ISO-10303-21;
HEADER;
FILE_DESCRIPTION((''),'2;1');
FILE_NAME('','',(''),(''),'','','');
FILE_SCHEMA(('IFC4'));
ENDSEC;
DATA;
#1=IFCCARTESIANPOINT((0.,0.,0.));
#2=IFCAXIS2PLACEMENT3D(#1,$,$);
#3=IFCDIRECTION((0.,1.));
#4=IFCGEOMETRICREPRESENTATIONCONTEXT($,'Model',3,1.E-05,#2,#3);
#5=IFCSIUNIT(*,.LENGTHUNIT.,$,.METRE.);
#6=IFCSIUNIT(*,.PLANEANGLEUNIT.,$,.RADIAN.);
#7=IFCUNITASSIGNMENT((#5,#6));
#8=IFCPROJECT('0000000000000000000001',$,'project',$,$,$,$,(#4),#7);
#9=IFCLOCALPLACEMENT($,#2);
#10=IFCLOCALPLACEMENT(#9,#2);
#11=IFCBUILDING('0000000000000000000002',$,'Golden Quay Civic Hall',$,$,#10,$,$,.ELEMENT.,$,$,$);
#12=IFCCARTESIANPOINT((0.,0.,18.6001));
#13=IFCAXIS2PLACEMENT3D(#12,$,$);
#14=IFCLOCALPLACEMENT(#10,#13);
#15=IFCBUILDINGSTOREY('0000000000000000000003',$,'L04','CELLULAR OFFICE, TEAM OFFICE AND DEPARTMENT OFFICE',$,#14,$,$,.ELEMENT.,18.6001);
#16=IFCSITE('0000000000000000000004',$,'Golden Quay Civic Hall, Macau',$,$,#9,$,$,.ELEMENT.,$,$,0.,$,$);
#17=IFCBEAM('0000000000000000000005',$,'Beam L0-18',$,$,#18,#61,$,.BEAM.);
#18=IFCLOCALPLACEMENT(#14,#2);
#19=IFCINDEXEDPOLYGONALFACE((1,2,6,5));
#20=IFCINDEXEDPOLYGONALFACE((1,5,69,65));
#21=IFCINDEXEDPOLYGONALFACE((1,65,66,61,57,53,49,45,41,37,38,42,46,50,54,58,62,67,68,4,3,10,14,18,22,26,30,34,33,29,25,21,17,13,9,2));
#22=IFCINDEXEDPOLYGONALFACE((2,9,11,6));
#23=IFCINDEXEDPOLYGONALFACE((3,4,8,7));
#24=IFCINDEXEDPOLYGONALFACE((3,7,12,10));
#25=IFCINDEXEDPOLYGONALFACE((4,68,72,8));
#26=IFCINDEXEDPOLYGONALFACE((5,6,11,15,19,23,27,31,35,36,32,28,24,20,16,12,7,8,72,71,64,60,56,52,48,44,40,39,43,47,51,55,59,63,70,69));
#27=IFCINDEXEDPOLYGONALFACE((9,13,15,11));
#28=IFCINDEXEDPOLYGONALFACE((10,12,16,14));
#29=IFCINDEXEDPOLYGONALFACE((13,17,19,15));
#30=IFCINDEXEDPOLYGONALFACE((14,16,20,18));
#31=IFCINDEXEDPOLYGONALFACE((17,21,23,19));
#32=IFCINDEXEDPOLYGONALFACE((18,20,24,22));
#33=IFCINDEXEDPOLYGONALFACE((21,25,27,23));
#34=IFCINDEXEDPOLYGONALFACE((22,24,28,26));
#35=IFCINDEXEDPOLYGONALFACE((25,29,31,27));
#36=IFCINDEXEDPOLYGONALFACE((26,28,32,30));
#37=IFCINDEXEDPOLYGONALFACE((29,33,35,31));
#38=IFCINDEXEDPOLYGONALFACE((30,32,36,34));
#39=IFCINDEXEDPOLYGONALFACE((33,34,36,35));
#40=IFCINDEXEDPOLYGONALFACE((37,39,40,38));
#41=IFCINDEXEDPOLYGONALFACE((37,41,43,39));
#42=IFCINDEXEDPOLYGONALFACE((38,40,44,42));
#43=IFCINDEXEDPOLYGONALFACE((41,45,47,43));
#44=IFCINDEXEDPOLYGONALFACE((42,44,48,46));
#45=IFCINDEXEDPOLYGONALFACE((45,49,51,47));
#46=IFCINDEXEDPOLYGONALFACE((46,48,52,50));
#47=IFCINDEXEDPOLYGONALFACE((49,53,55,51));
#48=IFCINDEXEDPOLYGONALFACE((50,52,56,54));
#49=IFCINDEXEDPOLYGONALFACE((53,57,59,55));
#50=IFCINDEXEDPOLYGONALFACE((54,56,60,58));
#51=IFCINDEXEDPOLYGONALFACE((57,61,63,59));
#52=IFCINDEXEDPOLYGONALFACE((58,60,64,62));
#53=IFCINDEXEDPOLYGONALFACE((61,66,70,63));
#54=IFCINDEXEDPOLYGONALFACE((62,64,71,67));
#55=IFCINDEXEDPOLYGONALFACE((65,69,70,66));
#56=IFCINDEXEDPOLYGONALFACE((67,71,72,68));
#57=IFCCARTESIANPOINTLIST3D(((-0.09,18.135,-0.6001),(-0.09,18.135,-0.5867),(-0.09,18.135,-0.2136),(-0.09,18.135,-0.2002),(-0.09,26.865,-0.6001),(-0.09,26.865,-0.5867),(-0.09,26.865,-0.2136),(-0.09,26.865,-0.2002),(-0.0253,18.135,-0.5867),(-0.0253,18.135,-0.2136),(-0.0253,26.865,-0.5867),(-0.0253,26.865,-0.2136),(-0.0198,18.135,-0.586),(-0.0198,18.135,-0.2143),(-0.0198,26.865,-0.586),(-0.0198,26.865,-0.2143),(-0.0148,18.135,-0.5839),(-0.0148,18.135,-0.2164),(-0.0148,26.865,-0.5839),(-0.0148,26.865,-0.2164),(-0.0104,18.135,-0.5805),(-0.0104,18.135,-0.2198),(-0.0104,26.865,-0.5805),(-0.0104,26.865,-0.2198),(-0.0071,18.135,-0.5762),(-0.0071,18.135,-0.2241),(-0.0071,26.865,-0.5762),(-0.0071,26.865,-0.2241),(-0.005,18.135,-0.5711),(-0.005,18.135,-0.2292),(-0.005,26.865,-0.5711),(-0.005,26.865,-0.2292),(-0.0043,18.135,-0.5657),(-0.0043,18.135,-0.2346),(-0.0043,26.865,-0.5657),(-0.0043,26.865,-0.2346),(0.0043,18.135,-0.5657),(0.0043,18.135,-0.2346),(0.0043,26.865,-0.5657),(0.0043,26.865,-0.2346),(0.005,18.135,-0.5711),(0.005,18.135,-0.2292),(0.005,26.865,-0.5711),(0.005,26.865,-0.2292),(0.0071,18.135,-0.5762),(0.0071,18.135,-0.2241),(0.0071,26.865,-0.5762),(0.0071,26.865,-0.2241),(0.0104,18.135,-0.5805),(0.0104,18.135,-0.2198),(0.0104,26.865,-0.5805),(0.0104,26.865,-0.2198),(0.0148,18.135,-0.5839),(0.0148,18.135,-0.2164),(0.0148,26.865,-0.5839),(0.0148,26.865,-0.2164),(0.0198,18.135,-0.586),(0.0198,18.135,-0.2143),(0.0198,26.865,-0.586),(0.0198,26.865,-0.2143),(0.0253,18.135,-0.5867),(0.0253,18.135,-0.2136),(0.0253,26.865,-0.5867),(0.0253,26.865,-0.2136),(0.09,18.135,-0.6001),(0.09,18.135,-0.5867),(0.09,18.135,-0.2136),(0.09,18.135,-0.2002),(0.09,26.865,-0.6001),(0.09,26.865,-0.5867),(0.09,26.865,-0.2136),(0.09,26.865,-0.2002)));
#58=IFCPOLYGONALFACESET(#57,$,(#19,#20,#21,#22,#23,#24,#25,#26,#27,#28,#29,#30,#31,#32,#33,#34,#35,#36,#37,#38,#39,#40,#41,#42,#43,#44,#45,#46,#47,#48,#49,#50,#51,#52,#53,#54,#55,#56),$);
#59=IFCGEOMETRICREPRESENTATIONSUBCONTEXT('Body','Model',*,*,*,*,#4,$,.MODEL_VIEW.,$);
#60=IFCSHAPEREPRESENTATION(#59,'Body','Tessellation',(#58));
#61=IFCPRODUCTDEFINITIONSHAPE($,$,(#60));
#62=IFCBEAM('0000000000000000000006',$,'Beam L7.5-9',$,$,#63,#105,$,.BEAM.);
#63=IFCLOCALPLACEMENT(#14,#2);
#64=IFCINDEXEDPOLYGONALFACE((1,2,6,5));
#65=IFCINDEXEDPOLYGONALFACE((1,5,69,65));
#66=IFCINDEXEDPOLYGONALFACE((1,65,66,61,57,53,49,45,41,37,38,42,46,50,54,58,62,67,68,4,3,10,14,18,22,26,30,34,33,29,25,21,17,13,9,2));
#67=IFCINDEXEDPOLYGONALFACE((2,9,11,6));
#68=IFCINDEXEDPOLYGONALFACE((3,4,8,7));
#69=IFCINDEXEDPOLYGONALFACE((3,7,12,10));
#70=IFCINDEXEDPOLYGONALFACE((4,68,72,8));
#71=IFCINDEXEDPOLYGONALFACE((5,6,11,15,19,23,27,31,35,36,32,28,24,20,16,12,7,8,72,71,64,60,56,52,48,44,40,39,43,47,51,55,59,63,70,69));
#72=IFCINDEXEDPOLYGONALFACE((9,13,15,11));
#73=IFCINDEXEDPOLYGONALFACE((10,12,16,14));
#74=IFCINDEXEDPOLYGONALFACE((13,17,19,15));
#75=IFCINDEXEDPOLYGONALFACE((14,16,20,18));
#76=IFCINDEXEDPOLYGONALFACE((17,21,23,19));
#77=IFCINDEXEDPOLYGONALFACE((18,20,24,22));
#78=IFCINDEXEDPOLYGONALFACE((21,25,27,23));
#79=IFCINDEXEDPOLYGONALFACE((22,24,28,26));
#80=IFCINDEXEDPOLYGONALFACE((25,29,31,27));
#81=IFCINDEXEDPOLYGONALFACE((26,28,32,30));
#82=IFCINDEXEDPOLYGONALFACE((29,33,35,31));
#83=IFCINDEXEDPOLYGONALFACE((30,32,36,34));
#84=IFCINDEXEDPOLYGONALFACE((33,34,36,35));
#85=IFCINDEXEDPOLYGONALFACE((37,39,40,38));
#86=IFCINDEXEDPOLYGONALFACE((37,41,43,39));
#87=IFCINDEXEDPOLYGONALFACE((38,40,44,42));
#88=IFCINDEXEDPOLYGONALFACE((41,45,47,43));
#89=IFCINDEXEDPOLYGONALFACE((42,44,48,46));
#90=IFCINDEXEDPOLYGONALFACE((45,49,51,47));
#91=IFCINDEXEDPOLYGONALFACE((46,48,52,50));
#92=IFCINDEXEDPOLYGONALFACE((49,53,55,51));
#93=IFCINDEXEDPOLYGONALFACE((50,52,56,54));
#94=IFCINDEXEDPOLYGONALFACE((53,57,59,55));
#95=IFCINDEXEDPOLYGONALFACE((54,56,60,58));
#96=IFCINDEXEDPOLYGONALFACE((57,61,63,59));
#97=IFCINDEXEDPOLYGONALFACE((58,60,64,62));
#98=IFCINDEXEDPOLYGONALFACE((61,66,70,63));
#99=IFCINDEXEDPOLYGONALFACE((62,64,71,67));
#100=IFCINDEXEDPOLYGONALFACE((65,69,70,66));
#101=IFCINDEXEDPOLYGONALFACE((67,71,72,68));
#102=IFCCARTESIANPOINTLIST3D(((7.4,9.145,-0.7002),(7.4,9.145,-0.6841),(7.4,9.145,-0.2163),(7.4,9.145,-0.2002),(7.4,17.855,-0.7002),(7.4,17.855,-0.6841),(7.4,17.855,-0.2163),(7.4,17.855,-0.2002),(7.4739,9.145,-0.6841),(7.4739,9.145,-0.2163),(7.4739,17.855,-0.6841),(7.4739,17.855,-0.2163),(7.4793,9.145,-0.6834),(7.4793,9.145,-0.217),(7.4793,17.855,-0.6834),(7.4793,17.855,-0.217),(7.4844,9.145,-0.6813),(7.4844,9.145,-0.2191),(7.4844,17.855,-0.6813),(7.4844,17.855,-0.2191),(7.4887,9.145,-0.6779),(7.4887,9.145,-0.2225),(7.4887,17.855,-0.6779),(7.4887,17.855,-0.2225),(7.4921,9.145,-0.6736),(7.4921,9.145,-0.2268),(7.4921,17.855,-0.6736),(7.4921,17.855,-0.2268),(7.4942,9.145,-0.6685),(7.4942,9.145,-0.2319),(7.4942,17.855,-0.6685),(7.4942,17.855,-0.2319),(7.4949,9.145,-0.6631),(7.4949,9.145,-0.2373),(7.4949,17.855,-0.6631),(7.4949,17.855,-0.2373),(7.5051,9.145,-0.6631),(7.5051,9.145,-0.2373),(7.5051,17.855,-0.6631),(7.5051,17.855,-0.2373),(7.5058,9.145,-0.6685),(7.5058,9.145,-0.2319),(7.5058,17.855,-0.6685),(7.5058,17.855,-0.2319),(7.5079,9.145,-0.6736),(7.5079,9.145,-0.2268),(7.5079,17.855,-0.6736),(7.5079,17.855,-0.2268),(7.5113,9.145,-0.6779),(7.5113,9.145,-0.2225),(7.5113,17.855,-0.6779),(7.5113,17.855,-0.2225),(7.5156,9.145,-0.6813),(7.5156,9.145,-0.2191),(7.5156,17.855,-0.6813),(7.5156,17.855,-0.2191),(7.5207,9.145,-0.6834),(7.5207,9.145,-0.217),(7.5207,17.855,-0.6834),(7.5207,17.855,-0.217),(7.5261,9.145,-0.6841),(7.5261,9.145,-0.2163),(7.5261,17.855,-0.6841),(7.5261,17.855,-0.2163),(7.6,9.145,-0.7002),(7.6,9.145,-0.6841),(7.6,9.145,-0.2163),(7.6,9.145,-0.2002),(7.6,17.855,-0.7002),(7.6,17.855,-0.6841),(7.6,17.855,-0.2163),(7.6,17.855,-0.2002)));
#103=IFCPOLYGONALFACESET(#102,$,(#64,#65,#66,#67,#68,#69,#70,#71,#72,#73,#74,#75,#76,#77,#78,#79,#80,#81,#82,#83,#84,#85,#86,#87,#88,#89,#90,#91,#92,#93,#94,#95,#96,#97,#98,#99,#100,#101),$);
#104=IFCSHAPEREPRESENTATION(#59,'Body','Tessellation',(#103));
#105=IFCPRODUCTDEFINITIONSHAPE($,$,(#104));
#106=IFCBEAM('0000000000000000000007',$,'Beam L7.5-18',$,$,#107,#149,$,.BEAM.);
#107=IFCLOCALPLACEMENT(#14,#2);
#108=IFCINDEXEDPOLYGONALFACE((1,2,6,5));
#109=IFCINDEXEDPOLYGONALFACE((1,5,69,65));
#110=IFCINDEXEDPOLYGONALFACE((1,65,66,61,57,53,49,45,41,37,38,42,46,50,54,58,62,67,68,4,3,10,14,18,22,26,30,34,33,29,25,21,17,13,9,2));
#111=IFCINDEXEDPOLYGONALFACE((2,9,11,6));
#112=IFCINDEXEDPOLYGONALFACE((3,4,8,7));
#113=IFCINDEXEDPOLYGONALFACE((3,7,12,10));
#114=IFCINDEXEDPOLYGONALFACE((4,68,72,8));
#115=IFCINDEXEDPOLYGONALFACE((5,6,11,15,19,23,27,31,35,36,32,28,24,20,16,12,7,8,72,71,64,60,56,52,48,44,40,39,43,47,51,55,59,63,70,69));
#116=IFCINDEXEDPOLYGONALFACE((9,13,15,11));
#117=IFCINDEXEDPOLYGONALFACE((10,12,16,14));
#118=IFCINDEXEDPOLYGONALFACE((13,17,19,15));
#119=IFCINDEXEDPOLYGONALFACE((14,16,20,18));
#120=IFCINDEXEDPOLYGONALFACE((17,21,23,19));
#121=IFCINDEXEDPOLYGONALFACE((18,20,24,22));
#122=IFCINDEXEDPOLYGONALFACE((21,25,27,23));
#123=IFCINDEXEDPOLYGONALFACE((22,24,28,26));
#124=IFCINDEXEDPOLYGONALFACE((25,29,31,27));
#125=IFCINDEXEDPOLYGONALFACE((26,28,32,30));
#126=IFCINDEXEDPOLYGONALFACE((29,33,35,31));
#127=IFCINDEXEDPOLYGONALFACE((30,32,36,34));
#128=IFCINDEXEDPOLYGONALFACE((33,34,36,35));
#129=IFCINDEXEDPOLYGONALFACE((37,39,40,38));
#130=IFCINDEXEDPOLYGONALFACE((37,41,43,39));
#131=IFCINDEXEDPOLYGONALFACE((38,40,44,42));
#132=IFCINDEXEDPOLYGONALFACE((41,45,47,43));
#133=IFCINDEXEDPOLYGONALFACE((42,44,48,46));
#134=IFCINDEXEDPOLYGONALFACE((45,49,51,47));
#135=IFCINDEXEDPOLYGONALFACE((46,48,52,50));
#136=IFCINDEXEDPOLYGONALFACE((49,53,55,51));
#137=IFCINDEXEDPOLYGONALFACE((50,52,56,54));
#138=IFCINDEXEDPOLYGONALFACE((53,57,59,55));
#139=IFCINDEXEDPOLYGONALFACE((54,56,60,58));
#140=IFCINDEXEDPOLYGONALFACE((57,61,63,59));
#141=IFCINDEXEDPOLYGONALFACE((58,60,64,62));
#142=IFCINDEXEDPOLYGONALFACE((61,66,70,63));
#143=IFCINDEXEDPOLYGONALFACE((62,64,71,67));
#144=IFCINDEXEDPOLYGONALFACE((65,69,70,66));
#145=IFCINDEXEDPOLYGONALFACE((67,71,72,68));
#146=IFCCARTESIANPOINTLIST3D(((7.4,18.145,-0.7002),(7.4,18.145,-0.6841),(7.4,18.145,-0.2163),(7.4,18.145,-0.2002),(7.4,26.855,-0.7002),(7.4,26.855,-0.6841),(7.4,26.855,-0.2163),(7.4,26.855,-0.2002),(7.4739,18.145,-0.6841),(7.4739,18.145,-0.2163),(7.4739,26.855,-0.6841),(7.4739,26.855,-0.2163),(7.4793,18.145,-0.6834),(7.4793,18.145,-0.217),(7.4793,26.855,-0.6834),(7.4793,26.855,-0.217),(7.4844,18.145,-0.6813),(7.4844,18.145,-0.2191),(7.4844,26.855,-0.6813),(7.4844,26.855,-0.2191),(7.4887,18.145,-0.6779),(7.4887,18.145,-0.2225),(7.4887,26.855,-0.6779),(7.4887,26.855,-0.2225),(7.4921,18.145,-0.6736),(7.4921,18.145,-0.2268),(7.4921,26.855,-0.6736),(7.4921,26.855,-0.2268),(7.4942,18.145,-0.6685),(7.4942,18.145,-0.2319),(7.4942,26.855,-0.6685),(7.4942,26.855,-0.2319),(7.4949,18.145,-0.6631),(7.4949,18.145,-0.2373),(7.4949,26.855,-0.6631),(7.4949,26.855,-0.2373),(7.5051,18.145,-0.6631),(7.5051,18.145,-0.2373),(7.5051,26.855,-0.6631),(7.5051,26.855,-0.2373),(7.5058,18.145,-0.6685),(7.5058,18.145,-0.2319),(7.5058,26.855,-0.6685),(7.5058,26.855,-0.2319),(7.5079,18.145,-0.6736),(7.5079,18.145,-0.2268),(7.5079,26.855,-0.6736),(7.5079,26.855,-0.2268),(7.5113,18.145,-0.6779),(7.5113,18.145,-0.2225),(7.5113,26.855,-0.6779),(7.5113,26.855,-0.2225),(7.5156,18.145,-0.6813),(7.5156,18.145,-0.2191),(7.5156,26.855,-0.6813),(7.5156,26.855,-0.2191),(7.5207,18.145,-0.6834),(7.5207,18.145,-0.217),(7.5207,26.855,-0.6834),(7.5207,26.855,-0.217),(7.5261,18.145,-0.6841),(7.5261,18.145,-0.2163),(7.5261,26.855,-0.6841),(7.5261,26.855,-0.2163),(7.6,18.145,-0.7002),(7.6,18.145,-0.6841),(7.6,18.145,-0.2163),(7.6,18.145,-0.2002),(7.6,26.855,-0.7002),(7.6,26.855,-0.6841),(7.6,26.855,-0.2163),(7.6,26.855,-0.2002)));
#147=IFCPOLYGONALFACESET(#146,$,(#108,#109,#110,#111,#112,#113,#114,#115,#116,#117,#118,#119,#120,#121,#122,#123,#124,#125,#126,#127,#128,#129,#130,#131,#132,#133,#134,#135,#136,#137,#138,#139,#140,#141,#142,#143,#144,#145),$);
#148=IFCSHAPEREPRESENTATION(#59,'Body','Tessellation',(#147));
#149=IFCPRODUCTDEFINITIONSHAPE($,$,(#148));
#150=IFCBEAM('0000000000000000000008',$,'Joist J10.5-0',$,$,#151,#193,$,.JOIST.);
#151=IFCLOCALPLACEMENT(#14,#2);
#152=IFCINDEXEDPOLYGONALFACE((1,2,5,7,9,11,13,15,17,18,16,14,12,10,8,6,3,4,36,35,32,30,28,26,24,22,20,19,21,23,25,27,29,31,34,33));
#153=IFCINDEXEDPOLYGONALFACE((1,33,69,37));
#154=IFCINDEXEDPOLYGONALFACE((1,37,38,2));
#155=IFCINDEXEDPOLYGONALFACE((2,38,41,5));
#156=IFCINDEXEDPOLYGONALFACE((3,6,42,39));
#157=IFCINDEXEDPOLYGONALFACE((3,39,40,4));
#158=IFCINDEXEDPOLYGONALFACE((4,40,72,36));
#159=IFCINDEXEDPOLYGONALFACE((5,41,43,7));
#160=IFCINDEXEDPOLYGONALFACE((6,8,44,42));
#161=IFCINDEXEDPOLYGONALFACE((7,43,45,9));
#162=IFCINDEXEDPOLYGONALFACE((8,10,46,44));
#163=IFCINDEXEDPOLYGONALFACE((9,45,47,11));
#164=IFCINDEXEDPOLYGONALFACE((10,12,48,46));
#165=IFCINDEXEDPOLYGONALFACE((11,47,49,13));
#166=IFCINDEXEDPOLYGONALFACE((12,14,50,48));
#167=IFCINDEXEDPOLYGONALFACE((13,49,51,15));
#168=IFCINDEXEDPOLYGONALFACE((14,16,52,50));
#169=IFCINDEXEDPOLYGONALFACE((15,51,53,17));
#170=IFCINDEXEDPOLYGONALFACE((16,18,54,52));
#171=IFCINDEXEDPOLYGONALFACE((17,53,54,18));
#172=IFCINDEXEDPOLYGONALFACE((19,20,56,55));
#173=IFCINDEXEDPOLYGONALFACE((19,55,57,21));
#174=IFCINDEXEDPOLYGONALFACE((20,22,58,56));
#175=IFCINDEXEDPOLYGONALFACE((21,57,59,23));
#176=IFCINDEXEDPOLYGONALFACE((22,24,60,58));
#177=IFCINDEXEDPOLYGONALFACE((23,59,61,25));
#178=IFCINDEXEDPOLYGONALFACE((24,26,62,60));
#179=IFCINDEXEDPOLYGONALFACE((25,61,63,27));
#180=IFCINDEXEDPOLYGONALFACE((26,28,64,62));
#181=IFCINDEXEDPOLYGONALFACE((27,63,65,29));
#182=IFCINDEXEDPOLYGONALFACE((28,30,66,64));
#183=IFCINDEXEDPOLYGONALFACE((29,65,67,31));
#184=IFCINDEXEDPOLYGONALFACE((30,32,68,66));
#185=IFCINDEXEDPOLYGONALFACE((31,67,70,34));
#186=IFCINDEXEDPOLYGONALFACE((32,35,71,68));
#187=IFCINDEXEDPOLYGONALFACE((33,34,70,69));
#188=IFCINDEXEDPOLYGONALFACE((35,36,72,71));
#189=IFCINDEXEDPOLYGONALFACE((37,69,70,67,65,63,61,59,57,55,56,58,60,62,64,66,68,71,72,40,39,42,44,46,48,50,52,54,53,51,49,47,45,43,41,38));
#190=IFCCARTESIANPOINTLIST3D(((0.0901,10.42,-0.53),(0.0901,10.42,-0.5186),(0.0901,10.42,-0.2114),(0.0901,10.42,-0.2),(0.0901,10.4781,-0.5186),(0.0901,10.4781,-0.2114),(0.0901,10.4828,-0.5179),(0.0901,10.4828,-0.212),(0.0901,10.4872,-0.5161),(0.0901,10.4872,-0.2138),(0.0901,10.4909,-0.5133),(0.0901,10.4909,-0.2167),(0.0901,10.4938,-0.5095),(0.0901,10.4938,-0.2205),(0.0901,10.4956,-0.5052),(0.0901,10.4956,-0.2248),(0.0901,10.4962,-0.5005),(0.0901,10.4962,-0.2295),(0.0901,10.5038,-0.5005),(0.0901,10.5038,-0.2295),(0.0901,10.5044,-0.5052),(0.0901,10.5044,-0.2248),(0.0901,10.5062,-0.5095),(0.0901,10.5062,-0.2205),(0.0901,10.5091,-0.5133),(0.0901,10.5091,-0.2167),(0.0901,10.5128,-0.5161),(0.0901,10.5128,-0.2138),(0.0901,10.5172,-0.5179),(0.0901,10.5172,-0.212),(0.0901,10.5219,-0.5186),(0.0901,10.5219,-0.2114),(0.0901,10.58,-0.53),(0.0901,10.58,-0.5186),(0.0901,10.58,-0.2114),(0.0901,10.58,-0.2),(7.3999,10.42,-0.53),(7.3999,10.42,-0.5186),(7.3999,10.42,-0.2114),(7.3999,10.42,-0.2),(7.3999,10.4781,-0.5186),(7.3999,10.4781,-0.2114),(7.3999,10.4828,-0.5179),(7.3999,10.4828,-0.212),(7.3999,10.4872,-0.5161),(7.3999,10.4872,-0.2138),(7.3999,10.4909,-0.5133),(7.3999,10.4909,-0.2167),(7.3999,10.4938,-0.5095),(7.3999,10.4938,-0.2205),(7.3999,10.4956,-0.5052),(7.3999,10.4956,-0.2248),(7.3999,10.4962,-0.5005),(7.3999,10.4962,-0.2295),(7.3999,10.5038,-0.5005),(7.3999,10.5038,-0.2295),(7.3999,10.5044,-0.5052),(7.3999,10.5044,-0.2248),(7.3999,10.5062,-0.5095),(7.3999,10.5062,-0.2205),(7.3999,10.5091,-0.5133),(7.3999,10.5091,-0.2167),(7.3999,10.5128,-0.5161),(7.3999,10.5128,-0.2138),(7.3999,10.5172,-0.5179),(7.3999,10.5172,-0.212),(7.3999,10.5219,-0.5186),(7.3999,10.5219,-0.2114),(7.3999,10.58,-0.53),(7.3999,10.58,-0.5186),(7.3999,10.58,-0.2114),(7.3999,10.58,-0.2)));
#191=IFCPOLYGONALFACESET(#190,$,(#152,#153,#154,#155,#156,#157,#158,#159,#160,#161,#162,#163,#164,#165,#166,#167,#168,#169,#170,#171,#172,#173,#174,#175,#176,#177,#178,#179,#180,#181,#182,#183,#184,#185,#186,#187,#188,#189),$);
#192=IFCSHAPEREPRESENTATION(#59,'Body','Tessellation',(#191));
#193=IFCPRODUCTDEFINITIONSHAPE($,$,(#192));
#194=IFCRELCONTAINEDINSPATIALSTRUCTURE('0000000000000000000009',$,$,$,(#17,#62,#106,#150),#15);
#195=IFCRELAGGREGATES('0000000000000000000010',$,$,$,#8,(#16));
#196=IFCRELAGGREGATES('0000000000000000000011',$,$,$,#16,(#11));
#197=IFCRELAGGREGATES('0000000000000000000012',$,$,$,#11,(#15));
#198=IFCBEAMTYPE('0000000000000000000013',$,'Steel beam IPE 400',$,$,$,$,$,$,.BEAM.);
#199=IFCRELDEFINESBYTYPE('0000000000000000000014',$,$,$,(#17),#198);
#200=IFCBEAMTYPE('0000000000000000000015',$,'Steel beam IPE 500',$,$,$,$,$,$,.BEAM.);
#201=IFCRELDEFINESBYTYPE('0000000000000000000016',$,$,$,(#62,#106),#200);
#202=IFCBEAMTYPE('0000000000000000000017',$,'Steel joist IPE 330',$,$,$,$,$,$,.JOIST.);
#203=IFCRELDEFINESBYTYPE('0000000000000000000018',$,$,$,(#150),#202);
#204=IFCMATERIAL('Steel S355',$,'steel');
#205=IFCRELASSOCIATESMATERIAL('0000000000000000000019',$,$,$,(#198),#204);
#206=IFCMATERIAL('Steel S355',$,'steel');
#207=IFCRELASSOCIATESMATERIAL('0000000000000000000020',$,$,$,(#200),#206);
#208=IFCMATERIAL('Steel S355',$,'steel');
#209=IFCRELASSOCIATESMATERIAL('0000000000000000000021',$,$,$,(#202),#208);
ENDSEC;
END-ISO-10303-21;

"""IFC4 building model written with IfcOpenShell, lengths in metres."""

from ifc_helpers import new_model, si_unit, direction, frame, origin, origin_2d, place, context, subcontext, project, spatial, i_section, extrude, material, material_profile, profile_set, type_object, element, save


model = new_model("IFC4")

# Units and contexts
model_context = context("Model", 3, precision=1e-05, world=origin(), true_north=direction((0.0, 1.0)))
body_context = subcontext(model_context, "Body", "Model", "MODEL_VIEW")
ifc_project = project(units=[si_unit("LENGTHUNIT", "METRE"), si_unit("PLANEANGLEUNIT", "RADIAN")], contexts=[model_context])

# Site, building, storey
site_placement = place(None, origin())
site = spatial("IfcSite", under=ifc_project, at=site_placement, Name="Golden Quay Civic Hall, Macau", CompositionType="ELEMENT", RefElevation=0.0)
building_placement = place(site_placement, origin())
building = spatial("IfcBuilding", under=site, at=building_placement, Name="Golden Quay Civic Hall", CompositionType="ELEMENT")
storey_placement = place(building_placement, frame((0.0, 0.0, 18.6001)))
storey = spatial("IfcBuildingStorey", under=building, at=storey_placement, Name="L04", Description="CELLULAR OFFICE, TEAM OFFICE AND DEPARTMENT OFFICE", CompositionType="ELEMENT", Elevation=18.6001)

# Beams
ifc_material_1 = material(Name="Steel S355", Category="steel")
ifc_material_profile_1 = material_profile(ifc_material_1, i_section(OverallWidth=0.1799, OverallDepth=0.3999, WebThickness=0.0085, FlangeThickness=0.0134, FilletRadius=0.021, at=origin_2d()), Name="IPE 400")
ifc_profile_set_1 = profile_set([ifc_material_profile_1], Name="Steel S355")
beam_type_1 = type_object("IfcBeamType", Name="Steel beam IPE 400", PredefinedType="BEAM", material=ifc_profile_set_1)
for number, where, z_axis, x_axis, name in (
    (1, (0.0, 18.135, -0.4001), (0.0, 1.0, 0.0), (-1.0, 0.0, 0.0), "Beam L0-18"),
):
    element("IfcBeam", number, at=place(storey_placement, frame(where, z_axis=z_axis, x_axis=x_axis)), inside=storey, type_object=beam_type_1, Name=name, PredefinedType="BEAM", context=body_context, shape_type="SweptSolid", body=[
        extrude(i_section(OverallWidth=0.1799, OverallDepth=0.3999, WebThickness=0.0085, FlangeThickness=0.0134, FilletRadius=0.021, at=origin_2d()), origin(), (0.0, 0.0, 1.0), 8.73),
    ])
ifc_material_2 = material(Name="Steel S355", Category="steel")
ifc_material_profile_2 = material_profile(ifc_material_2, i_section(OverallWidth=0.2, OverallDepth=0.5, WebThickness=0.0103, FlangeThickness=0.0161, FilletRadius=0.021, at=origin_2d()), Name="IPE 500")
ifc_profile_set_2 = profile_set([ifc_material_profile_2], Name="Steel S355")
beam_type_2 = type_object("IfcBeamType", Name="Steel beam IPE 500", PredefinedType="BEAM", material=ifc_profile_set_2)
for number, where, z_axis, x_axis, name in (
    (2, (7.5, 9.145, -0.4502), (0.0, 1.0, 0.0), (-1.0, 0.0, 0.0), "Beam L7.5-9"),
    (3, (7.5, 18.145, -0.4502), (0.0, 1.0, 0.0), (-1.0, 0.0, 0.0), "Beam L7.5-18"),
):
    element("IfcBeam", number, at=place(storey_placement, frame(where, z_axis=z_axis, x_axis=x_axis)), inside=storey, type_object=beam_type_2, Name=name, PredefinedType="BEAM", context=body_context, shape_type="SweptSolid", body=[
        extrude(i_section(OverallWidth=0.2, OverallDepth=0.5, WebThickness=0.0103, FlangeThickness=0.0161, FilletRadius=0.021, at=origin_2d()), origin(), (0.0, 0.0, 1.0), 8.71),
    ])
ifc_material_3 = material(Name="Steel S355", Category="steel")
ifc_material_profile_3 = material_profile(ifc_material_3, i_section(OverallWidth=0.1599, OverallDepth=0.3301, WebThickness=0.0076, FlangeThickness=0.0115, FilletRadius=0.0181, at=origin_2d()), Name="IPE 330")
ifc_profile_set_3 = profile_set([ifc_material_profile_3], Name="Steel S355")
beam_type_3 = type_object("IfcBeamType", Name="Steel joist IPE 330", PredefinedType="JOIST", material=ifc_profile_set_3)
for number, where, z_axis, x_axis, name in (
    (4, (0.0901, 10.5, -0.365), (1.0, 0.0, 0.0), (0.0, 1.0, 0.0), "Joist J10.5-0"),
):
    element("IfcBeam", number, at=place(storey_placement, frame(where, z_axis=z_axis, x_axis=x_axis)), inside=storey, type_object=beam_type_3, Name=name, PredefinedType="JOIST", context=body_context, shape_type="SweptSolid", body=[
        extrude(i_section(OverallWidth=0.1599, OverallDepth=0.3301, WebThickness=0.0076, FlangeThickness=0.0115, FilletRadius=0.0181, at=origin_2d()), origin(), (0.0, 0.0, 1.0), 7.3098),
    ])

save(model, "model.ifc")
